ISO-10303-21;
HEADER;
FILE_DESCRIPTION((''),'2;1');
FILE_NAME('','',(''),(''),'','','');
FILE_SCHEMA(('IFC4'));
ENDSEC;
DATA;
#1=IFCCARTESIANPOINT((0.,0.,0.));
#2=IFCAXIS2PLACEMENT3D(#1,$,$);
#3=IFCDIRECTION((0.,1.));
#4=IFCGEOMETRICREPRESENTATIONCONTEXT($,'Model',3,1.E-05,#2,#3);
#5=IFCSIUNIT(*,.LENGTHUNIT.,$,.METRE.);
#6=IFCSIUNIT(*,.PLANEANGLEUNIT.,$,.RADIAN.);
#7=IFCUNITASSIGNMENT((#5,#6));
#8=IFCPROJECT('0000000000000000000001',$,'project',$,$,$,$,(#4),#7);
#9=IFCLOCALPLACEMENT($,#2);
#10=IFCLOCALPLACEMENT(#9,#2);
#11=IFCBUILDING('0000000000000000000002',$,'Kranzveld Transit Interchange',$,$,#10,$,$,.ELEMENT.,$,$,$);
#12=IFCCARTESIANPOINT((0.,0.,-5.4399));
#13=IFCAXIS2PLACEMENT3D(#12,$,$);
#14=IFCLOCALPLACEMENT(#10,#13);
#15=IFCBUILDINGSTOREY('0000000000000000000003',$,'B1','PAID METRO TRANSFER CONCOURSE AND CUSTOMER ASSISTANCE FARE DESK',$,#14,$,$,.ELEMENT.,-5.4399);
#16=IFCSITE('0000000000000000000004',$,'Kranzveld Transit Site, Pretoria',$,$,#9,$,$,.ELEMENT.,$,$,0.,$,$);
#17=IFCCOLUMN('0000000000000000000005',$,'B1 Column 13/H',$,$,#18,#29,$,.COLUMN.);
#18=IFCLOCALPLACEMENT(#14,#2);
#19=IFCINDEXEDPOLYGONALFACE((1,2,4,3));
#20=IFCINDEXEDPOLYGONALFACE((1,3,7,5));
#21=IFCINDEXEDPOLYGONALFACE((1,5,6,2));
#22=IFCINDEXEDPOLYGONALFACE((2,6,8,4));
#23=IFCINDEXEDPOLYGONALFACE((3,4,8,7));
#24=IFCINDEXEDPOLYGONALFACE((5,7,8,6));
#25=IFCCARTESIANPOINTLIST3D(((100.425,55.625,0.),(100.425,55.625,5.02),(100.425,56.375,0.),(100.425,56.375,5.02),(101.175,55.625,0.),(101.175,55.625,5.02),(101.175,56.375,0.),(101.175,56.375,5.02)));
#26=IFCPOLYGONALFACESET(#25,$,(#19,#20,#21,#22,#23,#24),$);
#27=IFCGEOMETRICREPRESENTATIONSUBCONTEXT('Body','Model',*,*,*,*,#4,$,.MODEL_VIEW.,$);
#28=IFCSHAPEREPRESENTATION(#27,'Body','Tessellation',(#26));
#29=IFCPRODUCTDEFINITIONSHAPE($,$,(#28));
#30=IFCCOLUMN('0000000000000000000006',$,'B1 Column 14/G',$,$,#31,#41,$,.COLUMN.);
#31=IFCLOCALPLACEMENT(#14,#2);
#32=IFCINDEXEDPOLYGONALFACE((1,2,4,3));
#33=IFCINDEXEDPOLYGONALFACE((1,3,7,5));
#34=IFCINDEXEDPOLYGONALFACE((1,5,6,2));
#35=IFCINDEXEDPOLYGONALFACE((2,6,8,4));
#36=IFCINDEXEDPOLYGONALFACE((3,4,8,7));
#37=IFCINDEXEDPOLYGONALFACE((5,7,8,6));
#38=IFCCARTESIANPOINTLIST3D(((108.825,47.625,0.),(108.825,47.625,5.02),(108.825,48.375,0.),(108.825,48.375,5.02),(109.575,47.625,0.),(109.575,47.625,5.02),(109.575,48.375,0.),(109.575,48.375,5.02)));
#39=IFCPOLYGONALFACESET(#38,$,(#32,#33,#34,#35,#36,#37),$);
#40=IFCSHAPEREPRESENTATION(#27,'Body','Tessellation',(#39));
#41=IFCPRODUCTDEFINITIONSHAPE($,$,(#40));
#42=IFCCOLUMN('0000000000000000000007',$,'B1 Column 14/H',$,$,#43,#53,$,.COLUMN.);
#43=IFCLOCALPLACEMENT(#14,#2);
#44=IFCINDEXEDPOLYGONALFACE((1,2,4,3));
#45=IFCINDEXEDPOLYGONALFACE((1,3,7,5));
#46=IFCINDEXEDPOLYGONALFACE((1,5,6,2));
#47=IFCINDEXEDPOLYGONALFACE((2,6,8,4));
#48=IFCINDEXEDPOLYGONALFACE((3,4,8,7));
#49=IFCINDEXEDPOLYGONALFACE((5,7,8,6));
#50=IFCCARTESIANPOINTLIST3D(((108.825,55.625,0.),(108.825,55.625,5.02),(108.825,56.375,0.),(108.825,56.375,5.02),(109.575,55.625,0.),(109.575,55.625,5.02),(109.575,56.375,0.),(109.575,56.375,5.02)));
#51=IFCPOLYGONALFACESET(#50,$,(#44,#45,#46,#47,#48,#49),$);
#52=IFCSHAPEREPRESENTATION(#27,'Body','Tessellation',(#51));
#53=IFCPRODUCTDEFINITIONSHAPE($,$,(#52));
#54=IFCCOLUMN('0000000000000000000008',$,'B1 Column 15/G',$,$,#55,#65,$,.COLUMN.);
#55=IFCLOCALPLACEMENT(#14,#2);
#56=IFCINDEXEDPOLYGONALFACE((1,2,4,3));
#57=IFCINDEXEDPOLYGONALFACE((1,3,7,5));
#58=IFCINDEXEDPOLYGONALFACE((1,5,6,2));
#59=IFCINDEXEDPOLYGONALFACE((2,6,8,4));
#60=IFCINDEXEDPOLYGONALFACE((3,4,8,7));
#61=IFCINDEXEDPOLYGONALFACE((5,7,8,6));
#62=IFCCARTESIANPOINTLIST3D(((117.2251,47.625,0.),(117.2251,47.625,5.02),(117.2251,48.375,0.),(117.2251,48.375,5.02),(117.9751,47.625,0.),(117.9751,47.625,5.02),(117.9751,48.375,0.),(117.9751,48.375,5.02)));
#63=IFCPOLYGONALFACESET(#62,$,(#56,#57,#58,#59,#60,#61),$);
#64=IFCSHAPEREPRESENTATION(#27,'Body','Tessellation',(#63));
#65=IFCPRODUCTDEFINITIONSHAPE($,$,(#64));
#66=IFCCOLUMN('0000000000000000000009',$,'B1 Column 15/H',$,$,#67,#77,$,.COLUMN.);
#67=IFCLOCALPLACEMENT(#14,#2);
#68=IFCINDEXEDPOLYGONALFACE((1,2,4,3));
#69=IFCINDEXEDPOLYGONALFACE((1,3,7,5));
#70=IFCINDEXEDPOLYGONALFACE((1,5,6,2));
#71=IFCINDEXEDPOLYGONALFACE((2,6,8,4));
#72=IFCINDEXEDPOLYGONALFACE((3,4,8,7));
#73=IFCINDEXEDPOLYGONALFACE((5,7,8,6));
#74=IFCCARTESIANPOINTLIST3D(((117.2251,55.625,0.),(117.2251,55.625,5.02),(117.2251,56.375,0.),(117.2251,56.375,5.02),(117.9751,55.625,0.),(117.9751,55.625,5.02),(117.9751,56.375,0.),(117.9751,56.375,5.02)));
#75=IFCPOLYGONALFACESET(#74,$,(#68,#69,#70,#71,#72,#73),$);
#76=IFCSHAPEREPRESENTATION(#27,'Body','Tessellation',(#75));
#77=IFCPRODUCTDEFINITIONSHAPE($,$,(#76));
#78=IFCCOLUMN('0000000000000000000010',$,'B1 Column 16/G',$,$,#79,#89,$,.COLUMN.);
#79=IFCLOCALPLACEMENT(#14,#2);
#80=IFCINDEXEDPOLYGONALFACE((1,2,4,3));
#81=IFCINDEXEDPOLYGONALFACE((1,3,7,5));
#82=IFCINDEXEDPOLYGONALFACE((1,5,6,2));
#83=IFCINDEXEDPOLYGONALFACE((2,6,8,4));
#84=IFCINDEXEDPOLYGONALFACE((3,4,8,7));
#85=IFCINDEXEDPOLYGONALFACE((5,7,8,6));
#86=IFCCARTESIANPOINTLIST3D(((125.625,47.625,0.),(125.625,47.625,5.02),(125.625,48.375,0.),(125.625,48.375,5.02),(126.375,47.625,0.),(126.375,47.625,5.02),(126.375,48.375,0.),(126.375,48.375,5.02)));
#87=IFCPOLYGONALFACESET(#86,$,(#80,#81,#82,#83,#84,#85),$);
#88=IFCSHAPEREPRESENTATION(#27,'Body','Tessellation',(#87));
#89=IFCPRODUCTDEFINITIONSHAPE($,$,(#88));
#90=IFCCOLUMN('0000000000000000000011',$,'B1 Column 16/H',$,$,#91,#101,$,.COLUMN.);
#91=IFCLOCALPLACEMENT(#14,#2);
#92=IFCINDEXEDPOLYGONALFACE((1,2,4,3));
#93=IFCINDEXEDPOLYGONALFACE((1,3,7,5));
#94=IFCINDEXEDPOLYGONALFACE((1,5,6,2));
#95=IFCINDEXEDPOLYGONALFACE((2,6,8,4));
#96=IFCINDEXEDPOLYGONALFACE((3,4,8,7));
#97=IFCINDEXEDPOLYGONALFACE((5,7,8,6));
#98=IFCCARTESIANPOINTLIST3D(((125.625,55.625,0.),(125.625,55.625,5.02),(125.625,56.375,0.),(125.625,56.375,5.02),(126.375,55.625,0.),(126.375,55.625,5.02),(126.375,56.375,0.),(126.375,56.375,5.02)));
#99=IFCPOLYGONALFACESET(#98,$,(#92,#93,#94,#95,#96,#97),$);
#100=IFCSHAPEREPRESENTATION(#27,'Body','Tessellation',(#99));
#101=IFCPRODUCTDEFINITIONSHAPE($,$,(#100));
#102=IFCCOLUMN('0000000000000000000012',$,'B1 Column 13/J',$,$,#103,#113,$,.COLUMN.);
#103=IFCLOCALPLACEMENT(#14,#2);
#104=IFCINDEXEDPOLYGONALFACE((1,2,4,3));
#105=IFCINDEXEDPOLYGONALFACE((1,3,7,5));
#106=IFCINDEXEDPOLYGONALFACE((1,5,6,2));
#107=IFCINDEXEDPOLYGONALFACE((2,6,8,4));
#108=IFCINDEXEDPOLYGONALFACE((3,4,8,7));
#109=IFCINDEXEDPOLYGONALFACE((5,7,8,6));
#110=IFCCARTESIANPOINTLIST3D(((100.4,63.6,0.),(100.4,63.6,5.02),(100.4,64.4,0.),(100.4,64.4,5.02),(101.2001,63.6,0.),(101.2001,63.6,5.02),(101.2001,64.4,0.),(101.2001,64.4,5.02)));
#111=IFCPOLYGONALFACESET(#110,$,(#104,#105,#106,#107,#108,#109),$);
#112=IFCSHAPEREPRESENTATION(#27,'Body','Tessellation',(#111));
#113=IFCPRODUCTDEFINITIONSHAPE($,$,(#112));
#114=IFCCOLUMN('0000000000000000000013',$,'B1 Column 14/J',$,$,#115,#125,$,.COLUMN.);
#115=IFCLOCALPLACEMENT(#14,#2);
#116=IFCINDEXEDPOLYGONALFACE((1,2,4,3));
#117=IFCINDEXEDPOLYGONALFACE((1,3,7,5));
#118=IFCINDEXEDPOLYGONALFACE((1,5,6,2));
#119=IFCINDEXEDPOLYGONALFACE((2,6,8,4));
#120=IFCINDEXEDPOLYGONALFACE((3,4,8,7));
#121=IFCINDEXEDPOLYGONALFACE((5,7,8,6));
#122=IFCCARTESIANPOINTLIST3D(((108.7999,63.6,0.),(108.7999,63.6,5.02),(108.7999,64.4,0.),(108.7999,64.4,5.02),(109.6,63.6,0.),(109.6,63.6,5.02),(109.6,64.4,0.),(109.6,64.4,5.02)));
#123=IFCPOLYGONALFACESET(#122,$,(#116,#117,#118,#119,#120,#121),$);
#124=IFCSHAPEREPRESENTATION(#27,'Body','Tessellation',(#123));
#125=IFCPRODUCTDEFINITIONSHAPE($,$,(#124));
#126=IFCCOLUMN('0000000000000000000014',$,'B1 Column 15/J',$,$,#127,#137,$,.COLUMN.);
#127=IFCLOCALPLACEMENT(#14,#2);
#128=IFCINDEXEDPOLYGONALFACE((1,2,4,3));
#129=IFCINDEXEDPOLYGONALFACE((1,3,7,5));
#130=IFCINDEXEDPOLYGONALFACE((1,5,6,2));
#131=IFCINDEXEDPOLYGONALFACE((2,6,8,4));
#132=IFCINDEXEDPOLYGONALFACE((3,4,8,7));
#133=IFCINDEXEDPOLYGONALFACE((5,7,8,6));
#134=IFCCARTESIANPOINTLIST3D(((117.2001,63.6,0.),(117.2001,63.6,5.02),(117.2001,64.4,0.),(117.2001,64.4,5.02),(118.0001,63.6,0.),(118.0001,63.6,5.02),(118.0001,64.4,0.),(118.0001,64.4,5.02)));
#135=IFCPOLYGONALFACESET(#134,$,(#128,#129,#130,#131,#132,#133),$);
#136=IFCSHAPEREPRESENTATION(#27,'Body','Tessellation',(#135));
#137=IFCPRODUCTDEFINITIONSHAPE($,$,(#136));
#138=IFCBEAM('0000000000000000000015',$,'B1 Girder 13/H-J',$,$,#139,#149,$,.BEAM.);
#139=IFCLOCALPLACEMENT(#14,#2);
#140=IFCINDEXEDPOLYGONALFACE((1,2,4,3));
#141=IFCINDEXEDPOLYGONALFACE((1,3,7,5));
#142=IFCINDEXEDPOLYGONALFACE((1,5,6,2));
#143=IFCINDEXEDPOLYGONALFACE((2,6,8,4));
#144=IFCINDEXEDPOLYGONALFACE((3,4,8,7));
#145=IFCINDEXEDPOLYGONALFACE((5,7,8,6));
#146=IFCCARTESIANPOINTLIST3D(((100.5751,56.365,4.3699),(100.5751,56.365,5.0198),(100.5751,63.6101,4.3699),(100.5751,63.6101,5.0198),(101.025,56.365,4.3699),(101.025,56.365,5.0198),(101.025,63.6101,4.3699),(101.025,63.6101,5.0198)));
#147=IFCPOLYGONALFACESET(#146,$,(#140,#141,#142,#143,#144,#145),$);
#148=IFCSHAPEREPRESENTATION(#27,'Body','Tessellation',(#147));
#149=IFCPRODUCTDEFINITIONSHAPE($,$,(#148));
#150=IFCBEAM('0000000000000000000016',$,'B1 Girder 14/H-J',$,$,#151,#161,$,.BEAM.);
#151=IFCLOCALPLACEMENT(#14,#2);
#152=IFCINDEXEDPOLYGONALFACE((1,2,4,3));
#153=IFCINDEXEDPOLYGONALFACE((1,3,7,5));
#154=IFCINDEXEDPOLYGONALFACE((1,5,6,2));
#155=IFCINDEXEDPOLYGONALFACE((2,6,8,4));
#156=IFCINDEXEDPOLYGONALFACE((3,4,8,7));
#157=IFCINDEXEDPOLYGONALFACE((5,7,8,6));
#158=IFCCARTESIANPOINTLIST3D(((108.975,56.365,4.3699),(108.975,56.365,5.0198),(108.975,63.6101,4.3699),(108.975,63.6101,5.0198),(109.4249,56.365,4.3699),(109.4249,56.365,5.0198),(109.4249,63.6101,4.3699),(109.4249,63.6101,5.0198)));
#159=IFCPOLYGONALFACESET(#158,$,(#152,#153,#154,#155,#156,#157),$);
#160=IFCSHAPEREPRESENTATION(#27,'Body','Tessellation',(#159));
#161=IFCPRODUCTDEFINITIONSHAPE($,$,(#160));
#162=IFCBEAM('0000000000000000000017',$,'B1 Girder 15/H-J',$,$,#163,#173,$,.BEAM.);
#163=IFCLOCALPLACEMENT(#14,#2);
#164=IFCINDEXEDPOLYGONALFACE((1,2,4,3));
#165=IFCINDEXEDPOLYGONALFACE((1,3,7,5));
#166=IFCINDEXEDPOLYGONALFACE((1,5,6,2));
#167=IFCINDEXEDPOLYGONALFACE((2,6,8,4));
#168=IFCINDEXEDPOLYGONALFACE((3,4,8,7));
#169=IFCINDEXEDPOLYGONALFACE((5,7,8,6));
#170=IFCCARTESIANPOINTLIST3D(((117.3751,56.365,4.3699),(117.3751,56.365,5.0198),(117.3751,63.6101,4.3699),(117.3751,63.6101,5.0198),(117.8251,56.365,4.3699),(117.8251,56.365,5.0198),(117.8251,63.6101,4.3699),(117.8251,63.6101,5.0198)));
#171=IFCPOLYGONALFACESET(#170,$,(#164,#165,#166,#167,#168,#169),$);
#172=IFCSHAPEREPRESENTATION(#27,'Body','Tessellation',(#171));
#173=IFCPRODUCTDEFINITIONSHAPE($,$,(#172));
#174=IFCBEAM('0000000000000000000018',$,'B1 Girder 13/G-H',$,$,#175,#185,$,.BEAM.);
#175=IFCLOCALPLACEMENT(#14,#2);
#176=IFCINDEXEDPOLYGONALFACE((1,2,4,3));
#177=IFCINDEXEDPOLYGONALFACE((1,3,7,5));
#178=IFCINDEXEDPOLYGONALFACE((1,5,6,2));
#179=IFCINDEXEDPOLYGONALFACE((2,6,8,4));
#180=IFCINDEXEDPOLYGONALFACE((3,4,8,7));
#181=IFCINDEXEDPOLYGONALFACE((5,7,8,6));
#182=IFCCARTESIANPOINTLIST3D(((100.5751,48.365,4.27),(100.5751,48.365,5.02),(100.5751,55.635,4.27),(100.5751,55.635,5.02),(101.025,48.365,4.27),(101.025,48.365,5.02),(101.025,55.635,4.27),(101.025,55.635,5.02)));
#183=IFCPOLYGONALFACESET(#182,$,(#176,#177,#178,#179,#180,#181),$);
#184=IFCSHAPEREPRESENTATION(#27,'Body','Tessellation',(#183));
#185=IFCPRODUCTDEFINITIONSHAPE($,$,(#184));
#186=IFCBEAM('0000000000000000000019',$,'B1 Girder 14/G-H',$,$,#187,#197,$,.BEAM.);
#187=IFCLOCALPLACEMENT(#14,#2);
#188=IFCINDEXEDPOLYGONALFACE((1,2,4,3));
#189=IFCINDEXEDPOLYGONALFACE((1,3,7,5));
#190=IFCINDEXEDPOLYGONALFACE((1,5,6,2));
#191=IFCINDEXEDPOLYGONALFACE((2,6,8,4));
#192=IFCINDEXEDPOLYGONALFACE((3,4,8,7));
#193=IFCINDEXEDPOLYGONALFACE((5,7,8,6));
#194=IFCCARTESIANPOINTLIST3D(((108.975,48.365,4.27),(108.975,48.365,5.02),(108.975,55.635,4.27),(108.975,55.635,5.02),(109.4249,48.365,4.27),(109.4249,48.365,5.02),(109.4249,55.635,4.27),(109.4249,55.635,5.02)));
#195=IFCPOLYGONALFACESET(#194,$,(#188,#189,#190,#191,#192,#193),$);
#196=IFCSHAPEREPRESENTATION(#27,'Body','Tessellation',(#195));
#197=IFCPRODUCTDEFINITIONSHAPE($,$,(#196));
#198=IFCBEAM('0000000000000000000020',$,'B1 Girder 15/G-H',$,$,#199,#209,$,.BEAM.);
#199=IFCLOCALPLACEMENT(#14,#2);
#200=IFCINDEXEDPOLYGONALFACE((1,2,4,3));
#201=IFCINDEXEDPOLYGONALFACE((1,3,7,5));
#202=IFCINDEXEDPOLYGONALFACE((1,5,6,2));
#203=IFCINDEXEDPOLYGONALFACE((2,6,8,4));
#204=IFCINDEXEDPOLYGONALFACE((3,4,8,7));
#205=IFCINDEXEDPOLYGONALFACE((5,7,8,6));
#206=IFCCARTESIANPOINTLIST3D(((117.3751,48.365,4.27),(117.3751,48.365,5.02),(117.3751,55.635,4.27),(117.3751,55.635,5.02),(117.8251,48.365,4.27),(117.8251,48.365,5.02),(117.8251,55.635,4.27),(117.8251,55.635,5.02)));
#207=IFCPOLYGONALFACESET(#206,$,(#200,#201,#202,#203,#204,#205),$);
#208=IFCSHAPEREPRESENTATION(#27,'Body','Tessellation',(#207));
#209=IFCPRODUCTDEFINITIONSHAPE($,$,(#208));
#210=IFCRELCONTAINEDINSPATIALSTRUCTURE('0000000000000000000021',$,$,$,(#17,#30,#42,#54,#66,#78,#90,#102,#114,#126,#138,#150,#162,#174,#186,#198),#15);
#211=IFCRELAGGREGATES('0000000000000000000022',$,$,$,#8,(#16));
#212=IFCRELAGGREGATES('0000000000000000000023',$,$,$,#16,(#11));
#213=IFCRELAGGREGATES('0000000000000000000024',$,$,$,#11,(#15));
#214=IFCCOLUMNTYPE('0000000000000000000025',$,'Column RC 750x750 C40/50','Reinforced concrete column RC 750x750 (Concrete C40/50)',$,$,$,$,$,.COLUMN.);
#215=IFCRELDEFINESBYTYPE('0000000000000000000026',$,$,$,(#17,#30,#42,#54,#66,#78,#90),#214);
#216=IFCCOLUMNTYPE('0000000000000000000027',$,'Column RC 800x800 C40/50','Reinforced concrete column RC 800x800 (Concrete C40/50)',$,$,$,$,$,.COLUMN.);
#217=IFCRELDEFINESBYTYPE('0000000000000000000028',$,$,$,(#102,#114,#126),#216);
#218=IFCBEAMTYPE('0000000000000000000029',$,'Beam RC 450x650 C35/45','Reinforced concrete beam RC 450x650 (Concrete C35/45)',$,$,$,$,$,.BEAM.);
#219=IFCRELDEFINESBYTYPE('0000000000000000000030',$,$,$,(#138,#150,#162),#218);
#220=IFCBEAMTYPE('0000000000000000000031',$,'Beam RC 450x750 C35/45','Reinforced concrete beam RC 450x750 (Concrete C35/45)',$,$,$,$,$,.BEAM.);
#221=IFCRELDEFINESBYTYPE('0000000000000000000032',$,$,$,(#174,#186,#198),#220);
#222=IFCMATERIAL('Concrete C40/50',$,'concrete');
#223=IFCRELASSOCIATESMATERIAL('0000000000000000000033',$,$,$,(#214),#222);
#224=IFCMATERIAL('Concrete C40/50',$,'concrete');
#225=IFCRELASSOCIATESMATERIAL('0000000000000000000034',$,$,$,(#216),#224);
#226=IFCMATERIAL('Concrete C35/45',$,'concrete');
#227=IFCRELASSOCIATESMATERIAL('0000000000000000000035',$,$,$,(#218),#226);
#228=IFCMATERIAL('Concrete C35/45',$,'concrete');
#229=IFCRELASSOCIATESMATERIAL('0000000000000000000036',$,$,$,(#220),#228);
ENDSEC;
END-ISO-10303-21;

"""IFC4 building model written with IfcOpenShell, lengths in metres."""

from ifc_helpers import new_model, si_unit, direction, frame, origin, origin_2d, place, context, subcontext, project, spatial, rectangle, extrude, material, material_profile, profile_set, type_object, element, save


model = new_model("IFC4")

# Units and contexts
model_context = context("Model", 3, precision=1e-05, world=origin(), true_north=direction((0.0, 1.0)))
body_context = subcontext(model_context, "Body", "Model", "MODEL_VIEW")
ifc_project = project(units=[si_unit("LENGTHUNIT", "METRE"), si_unit("PLANEANGLEUNIT", "RADIAN")], contexts=[model_context])

# Site, building, storey
site_placement = place(None, origin())
site = spatial("IfcSite", under=ifc_project, at=site_placement, Name="Kranzveld Transit Site, Pretoria", CompositionType="ELEMENT", RefElevation=0.0)
building_placement = place(site_placement, origin())
building = spatial("IfcBuilding", under=site, at=building_placement, Name="Kranzveld Transit Interchange", CompositionType="ELEMENT")
storey_placement = place(building_placement, frame((0.0, 0.0, -5.4399)))
storey = spatial("IfcBuildingStorey", under=building, at=storey_placement, Name="B1", Description="PAID METRO TRANSFER CONCOURSE AND CUSTOMER ASSISTANCE FARE DESK", CompositionType="ELEMENT", Elevation=-5.4399)

# Columns
ifc_material_1 = material(Name="Concrete C40/50", Category="concrete")
ifc_material_profile_1 = material_profile(ifc_material_1, rectangle(XDim=0.75, YDim=0.75, at=origin_2d()), Name="RC 750x750")
ifc_profile_set_1 = profile_set([ifc_material_profile_1], Name="Concrete C40/50")
column_type_1 = type_object("IfcColumnType", Name="Column RC 750x750 C40/50", Description="Reinforced concrete column RC 750x750 (Concrete C40/50)", PredefinedType="COLUMN", material=ifc_profile_set_1)
for number, where, z_axis, x_axis, name in (
    (1, (100.8, 56.0, 0.0), (0.0, 0.0, 1.0), (1.0, 0.0, 0.0), "B1 Column 13/H"),
    (2, (109.2, 48.0, 0.0), (0.0, 0.0, 1.0), (1.0, 0.0, 0.0), "B1 Column 14/G"),
    (3, (109.2, 56.0, 0.0), (0.0, 0.0, 1.0), (1.0, 0.0, 0.0), "B1 Column 14/H"),
    (4, (117.6001, 48.0, 0.0), (0.0, 0.0, 1.0), (1.0, 0.0, 0.0), "B1 Column 15/G"),
    (5, (117.6001, 56.0, 0.0), (0.0, 0.0, 1.0), (1.0, 0.0, 0.0), "B1 Column 15/H"),
    (6, (126.0, 48.0, 0.0), (0.0, 0.0, 1.0), (1.0, 0.0, 0.0), "B1 Column 16/G"),
    (7, (126.0, 56.0, 0.0), (0.0, 0.0, 1.0), (1.0, 0.0, 0.0), "B1 Column 16/H"),
):
    element("IfcColumn", number, at=place(storey_placement, frame(where, z_axis=z_axis, x_axis=x_axis)), inside=storey, type_object=column_type_1, Name=name, PredefinedType="COLUMN", context=body_context, shape_type="SweptSolid", body=[
        extrude(rectangle(XDim=0.75, YDim=0.75, at=origin_2d()), origin(), (0.0, 0.0, 1.0), 5.02),
    ])
ifc_material_2 = material(Name="Concrete C40/50", Category="concrete")
ifc_material_profile_2 = material_profile(ifc_material_2, rectangle(XDim=0.8, YDim=0.8, at=origin_2d()), Name="RC 800x800")
ifc_profile_set_2 = profile_set([ifc_material_profile_2], Name="Concrete C40/50")
column_type_2 = type_object("IfcColumnType", Name="Column RC 800x800 C40/50", Description="Reinforced concrete column RC 800x800 (Concrete C40/50)", PredefinedType="COLUMN", material=ifc_profile_set_2)
for number, where, z_axis, x_axis, name in (
    (8, (100.8, 64.0, 0.0), (0.0, 0.0, 1.0), (1.0, 0.0, 0.0), "B1 Column 13/J"),
    (9, (109.2, 64.0, 0.0), (0.0, 0.0, 1.0), (1.0, 0.0, 0.0), "B1 Column 14/J"),
    (10, (117.6001, 64.0, 0.0), (0.0, 0.0, 1.0), (1.0, 0.0, 0.0), "B1 Column 15/J"),
):
    element("IfcColumn", number, at=place(storey_placement, frame(where, z_axis=z_axis, x_axis=x_axis)), inside=storey, type_object=column_type_2, Name=name, PredefinedType="COLUMN", context=body_context, shape_type="SweptSolid", body=[
        extrude(rectangle(XDim=0.8, YDim=0.8, at=origin_2d()), origin(), (0.0, 0.0, 1.0), 5.02),
    ])

# Beams
ifc_material_3 = material(Name="Concrete C35/45", Category="concrete")
ifc_material_profile_3 = material_profile(ifc_material_3, rectangle(XDim=0.45, YDim=0.6499, at=origin_2d()), Name="RC 450x650")
ifc_profile_set_3 = profile_set([ifc_material_profile_3], Name="Concrete C35/45")
beam_type_1 = type_object("IfcBeamType", Name="Beam RC 450x650 C35/45", Description="Reinforced concrete beam RC 450x650 (Concrete C35/45)", PredefinedType="BEAM", material=ifc_profile_set_3)
for number, where, z_axis, x_axis, name in (
    (11, (100.8, 56.365, 4.6948), (0.0, 1.0, 0.0), (-1.0, 0.0, 0.0), "B1 Girder 13/H-J"),
    (12, (109.2, 56.365, 4.6948), (0.0, 1.0, 0.0), (-1.0, 0.0, 0.0), "B1 Girder 14/H-J"),
    (13, (117.6001, 56.365, 4.6948), (0.0, 1.0, 0.0), (-1.0, 0.0, 0.0), "B1 Girder 15/H-J"),
):
    element("IfcBeam", number, at=place(storey_placement, frame(where, z_axis=z_axis, x_axis=x_axis)), inside=storey, type_object=beam_type_1, Name=name, PredefinedType="BEAM", context=body_context, shape_type="SweptSolid", body=[
        extrude(rectangle(XDim=0.45, YDim=0.6499, at=origin_2d()), origin(), (0.0, 0.0, 1.0), 7.2451),
    ])
ifc_material_4 = material(Name="Concrete C35/45", Category="concrete")
ifc_material_profile_4 = material_profile(ifc_material_4, rectangle(XDim=0.45, YDim=0.75, at=origin_2d()), Name="RC 450x750")
ifc_profile_set_4 = profile_set([ifc_material_profile_4], Name="Concrete C35/45")
beam_type_2 = type_object("IfcBeamType", Name="Beam RC 450x750 C35/45", Description="Reinforced concrete beam RC 450x750 (Concrete C35/45)", PredefinedType="BEAM", material=ifc_profile_set_4)
for number, where, z_axis, x_axis, name in (
    (14, (100.8, 48.365, 4.645), (0.0, 1.0, 0.0), (-1.0, 0.0, 0.0), "B1 Girder 13/G-H"),
    (15, (109.2, 48.365, 4.645), (0.0, 1.0, 0.0), (-1.0, 0.0, 0.0), "B1 Girder 14/G-H"),
    (16, (117.6001, 48.365, 4.645), (0.0, 1.0, 0.0), (-1.0, 0.0, 0.0), "B1 Girder 15/G-H"),
):
    element("IfcBeam", number, at=place(storey_placement, frame(where, z_axis=z_axis, x_axis=x_axis)), inside=storey, type_object=beam_type_2, Name=name, PredefinedType="BEAM", context=body_context, shape_type="SweptSolid", body=[
        extrude(rectangle(XDim=0.45, YDim=0.75, at=origin_2d()), origin(), (0.0, 0.0, 1.0), 7.27),
    ])

save(model, "model.ifc")
